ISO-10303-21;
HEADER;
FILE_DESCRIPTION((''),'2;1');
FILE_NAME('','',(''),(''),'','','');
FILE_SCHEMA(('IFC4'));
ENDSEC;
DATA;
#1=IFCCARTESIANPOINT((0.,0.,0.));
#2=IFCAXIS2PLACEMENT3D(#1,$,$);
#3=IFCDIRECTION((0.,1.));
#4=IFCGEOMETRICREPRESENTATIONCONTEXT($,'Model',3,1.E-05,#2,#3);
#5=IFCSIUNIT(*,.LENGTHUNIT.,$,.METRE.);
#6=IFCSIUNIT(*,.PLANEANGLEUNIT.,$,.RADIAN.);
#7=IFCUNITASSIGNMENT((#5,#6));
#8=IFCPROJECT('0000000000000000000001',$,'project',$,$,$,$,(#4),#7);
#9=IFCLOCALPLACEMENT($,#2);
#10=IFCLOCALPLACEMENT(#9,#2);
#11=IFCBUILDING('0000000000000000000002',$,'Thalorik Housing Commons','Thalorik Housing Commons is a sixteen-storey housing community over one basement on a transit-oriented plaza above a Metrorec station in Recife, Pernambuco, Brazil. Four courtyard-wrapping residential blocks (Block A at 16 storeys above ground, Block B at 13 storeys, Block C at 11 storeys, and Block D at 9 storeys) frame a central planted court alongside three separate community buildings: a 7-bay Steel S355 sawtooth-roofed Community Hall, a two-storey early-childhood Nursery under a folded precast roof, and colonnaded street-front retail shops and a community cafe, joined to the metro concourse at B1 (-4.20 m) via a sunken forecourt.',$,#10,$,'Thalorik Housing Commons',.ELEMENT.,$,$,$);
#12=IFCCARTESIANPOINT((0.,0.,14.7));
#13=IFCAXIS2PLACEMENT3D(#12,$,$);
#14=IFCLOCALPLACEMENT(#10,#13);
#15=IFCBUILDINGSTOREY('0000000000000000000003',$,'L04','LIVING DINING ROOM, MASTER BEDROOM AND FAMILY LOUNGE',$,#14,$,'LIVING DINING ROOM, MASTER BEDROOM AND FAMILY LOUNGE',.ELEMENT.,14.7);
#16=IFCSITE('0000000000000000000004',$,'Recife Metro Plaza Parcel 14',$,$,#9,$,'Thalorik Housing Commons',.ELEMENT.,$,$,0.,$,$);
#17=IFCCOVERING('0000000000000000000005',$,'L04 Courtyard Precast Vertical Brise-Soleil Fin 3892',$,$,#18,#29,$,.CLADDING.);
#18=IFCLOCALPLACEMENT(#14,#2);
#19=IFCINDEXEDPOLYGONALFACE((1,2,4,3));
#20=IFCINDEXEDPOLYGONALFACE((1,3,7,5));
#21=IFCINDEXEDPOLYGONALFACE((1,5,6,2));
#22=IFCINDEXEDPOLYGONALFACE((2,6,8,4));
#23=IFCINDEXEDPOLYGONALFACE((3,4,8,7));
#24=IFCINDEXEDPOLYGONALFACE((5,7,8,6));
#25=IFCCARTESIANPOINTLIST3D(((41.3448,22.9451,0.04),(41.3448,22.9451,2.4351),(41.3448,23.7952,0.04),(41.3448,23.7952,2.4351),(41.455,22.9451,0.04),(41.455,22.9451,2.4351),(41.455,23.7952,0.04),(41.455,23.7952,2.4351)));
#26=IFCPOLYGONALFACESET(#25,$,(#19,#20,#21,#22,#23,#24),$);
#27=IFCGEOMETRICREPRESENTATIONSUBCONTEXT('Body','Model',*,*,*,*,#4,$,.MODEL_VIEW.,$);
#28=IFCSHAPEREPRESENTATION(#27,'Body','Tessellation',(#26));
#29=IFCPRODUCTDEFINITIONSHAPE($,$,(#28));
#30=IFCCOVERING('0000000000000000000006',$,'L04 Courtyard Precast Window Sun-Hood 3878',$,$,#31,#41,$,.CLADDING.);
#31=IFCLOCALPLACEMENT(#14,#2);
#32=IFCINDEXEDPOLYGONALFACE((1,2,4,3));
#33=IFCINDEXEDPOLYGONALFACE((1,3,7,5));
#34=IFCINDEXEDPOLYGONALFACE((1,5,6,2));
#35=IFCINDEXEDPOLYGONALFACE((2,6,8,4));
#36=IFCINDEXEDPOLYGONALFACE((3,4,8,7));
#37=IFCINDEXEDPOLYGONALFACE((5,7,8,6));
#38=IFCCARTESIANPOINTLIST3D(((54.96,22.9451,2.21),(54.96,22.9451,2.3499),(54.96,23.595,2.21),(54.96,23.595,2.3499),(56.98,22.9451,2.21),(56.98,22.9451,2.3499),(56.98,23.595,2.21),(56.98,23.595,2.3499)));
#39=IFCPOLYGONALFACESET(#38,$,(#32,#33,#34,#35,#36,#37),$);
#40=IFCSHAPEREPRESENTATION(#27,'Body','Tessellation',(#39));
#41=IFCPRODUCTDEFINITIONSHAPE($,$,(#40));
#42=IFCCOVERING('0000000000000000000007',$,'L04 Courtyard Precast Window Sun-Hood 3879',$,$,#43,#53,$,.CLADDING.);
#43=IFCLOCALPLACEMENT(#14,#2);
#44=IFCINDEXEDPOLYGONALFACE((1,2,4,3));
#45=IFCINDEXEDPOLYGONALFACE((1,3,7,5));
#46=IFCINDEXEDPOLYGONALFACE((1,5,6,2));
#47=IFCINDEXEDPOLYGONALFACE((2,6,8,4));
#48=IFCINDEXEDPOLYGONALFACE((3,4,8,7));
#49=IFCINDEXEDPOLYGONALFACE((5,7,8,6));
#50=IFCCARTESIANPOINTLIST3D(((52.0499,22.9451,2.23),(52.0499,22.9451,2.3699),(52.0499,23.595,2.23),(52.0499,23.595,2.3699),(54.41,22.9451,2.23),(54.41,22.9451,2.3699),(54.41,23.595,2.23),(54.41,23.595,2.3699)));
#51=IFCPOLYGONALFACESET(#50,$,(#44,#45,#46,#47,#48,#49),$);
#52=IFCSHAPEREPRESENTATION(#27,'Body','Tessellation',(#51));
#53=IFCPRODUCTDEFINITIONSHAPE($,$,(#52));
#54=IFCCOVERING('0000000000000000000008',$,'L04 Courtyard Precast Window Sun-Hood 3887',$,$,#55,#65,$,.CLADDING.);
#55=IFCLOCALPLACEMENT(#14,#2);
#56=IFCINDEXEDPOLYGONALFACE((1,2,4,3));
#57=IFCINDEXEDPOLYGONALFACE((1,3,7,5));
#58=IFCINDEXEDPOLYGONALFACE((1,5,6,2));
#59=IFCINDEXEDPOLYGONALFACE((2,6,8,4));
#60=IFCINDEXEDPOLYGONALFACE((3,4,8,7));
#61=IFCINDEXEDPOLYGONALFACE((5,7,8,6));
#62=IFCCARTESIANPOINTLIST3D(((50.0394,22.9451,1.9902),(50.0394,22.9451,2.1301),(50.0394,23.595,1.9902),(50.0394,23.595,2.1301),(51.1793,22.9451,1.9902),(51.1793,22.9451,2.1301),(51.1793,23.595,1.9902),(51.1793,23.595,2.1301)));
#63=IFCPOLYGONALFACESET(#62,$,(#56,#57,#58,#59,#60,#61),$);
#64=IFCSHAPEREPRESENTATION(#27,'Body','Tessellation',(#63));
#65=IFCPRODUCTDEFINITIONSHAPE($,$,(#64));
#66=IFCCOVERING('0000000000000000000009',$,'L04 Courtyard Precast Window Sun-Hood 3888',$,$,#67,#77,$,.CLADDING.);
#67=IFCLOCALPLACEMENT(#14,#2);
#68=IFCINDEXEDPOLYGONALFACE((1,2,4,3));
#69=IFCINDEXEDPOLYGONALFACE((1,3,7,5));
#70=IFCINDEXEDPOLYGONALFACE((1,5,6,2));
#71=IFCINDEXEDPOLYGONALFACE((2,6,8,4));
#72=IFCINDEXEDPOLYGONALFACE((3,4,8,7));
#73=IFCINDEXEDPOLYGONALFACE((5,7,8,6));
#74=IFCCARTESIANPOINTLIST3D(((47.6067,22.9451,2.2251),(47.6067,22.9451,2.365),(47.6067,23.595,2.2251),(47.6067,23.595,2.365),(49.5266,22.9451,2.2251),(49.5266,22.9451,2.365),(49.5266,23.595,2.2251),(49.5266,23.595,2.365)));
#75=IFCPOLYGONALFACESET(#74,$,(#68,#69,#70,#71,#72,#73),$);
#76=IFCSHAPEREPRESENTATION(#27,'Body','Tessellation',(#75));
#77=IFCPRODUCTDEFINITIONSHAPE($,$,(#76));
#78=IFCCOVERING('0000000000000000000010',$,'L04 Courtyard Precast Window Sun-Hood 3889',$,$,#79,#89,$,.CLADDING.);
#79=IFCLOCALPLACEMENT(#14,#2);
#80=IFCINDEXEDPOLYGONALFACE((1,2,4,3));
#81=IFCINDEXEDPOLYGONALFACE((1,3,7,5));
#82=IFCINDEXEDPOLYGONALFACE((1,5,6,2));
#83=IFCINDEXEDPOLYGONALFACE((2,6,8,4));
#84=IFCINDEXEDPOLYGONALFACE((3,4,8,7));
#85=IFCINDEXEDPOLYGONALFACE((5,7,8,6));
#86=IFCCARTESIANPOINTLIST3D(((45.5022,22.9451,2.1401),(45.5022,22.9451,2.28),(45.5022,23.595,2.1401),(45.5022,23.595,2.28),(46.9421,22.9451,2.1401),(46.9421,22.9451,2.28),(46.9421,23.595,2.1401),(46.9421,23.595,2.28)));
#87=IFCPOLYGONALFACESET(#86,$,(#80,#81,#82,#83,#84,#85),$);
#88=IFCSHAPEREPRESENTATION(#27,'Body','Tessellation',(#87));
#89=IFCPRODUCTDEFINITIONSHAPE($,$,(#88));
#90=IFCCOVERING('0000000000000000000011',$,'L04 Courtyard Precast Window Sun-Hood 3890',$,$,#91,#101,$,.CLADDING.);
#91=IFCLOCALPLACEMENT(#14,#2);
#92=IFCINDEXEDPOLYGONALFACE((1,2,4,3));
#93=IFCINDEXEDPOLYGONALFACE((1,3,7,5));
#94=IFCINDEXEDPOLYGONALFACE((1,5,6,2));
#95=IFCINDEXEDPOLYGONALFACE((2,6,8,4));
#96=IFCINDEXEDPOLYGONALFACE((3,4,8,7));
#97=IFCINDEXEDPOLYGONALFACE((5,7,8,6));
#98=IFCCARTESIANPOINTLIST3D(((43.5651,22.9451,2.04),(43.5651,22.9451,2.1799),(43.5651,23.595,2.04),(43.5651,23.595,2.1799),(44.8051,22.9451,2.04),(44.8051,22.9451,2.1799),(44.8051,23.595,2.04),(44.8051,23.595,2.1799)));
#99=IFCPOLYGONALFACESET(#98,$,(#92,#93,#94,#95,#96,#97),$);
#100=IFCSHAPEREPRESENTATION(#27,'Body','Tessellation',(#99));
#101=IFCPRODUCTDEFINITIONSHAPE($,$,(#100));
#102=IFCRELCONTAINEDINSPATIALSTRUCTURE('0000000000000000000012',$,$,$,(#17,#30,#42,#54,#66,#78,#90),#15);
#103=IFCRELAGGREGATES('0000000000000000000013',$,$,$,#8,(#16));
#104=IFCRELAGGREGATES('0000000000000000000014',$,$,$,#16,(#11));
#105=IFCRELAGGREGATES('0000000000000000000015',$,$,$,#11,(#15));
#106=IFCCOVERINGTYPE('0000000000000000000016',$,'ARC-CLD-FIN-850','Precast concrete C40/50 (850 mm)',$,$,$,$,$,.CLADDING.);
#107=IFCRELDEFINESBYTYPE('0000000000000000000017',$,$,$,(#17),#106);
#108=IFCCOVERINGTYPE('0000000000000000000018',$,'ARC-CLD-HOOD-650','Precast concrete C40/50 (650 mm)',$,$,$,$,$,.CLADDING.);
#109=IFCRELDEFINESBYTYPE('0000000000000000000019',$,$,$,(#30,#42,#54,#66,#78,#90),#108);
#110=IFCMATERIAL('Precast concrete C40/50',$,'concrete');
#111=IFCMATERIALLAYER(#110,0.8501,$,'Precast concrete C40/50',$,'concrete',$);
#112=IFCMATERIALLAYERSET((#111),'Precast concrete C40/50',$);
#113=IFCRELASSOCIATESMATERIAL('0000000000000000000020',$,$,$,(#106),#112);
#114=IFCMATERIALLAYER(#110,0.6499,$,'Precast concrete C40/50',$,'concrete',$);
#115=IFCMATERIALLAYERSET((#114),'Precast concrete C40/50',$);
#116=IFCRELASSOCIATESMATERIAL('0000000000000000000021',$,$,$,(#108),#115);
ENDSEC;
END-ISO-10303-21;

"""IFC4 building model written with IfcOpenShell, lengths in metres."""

from ifc_helpers import new_model, si_unit, direction, frame, origin, origin_2d, place, context, subcontext, project, spatial, rectangle, extrude, material, layer, layer_set, type_object, element, save


model = new_model("IFC4")

# Units and contexts
model_context = context("Model", 3, precision=1e-05, world=origin(), true_north=direction((0.0, 1.0)))
body_context = subcontext(model_context, "Body", "Model", "MODEL_VIEW")
ifc_project = project(units=[si_unit("LENGTHUNIT", "METRE"), si_unit("PLANEANGLEUNIT", "RADIAN")], contexts=[model_context])

# Site, building, storey
site_placement = place(None, origin())
site = spatial("IfcSite", under=ifc_project, at=site_placement, Name="Recife Metro Plaza Parcel 14", LongName="Thalorik Housing Commons", CompositionType="ELEMENT", RefElevation=0.0)
building_placement = place(site_placement, origin())
building = spatial("IfcBuilding", under=site, at=building_placement, Name="Thalorik Housing Commons", Description="Thalorik Housing Commons is a sixteen-storey housing community over one basement on a transit-oriented plaza above a Metrorec station in Recife, Pernambuco, Brazil. Four courtyard-wrapping residential blocks (Block A at 16 storeys above ground, Block B at 13 storeys, Block C at 11 storeys, and Block D at 9 storeys) frame a central planted court alongside three separate community buildings: a 7-bay Steel S355 sawtooth-roofed Community Hall, a two-storey early-childhood Nursery under a folded precast roof, and colonnaded street-front retail shops and a community cafe, joined to the metro concourse at B1 (-4.20 m) via a sunken forecourt.", LongName="Thalorik Housing Commons", CompositionType="ELEMENT")
storey_placement = place(building_placement, frame((0.0, 0.0, 14.7)))
storey = spatial("IfcBuildingStorey", under=building, at=storey_placement, Name="L04", Description="LIVING DINING ROOM, MASTER BEDROOM AND FAMILY LOUNGE", LongName="LIVING DINING ROOM, MASTER BEDROOM AND FAMILY LOUNGE", CompositionType="ELEMENT", Elevation=14.7)

# Shared definitions
ifc_material_1 = material(Name="Precast concrete C40/50", Category="concrete")

# Coverings
ifc_layer_1 = layer(ifc_material_1, 0.8501, Name="Precast concrete C40/50", Category="concrete")
ifc_layer_set_1 = layer_set([ifc_layer_1], Name="Precast concrete C40/50")
covering_type_1 = type_object("IfcCoveringType", Name="ARC-CLD-FIN-850", Description="Precast concrete C40/50 (850 mm)", PredefinedType="CLADDING", material=ifc_layer_set_1)
for number, where, z_axis, x_axis, name in (
    (1, (41.3999, 23.3701, 0.04), (0.0, 0.0, 1.0), (-1.0, 0.0, 0.0), "L04 Courtyard Precast Vertical Brise-Soleil Fin 3892"),
):
    element("IfcCovering", number, at=place(storey_placement, frame(where, z_axis=z_axis, x_axis=x_axis)), inside=storey, type_object=covering_type_1, Name=name, PredefinedType="CLADDING", context=body_context, shape_type="SweptSolid", body=[
        extrude(rectangle(XDim=0.1101, YDim=0.8501, at=origin_2d()), origin(), (0.0, 0.0, 1.0), 2.395),
    ])
ifc_layer_2 = layer(ifc_material_1, 0.6499, Name="Precast concrete C40/50", Category="concrete")
ifc_layer_set_2 = layer_set([ifc_layer_2], Name="Precast concrete C40/50")
covering_type_2 = type_object("IfcCoveringType", Name="ARC-CLD-HOOD-650", Description="Precast concrete C40/50 (650 mm)", PredefinedType="CLADDING", material=ifc_layer_set_2)
covering_1_placement = place(storey_placement, frame((55.97, 23.27, 2.21), z_axis=(0.0, 0.0, 1.0), x_axis=(-1.0, 0.0, 0.0)))
element("IfcCovering", 2, at=covering_1_placement, inside=storey, type_object=covering_type_2, Name="L04 Courtyard Precast Window Sun-Hood 3878", PredefinedType="CLADDING", context=body_context, shape_type="SweptSolid", body=[
    extrude(rectangle(XDim=2.02, YDim=0.6499, at=origin_2d()), origin(), (0.0, 0.0, 1.0), 0.1399),
])
covering_2_placement = place(storey_placement, frame((53.23, 23.27, 2.23), z_axis=(0.0, 0.0, 1.0), x_axis=(-1.0, 0.0, 0.0)))
element("IfcCovering", 3, at=covering_2_placement, inside=storey, type_object=covering_type_2, Name="L04 Courtyard Precast Window Sun-Hood 3879", PredefinedType="CLADDING", context=body_context, shape_type="SweptSolid", body=[
    extrude(rectangle(XDim=2.3601, YDim=0.6499, at=origin_2d()), origin(), (0.0, 0.0, 1.0), 0.1399),
])
covering_3_placement = place(storey_placement, frame((50.6094, 23.27, 1.9902), z_axis=(0.0, 0.0, 1.0), x_axis=(-1.0, 0.0, 0.0)))
element("IfcCovering", 4, at=covering_3_placement, inside=storey, type_object=covering_type_2, Name="L04 Courtyard Precast Window Sun-Hood 3887", PredefinedType="CLADDING", context=body_context, shape_type="SweptSolid", body=[
    extrude(rectangle(XDim=1.1399, YDim=0.6499, at=origin_2d()), origin(), (0.0, 0.0, 1.0), 0.1399),
])
covering_4_placement = place(storey_placement, frame((48.5667, 23.27, 2.2251), z_axis=(0.0, 0.0, 1.0), x_axis=(-1.0, 0.0, 0.0)))
element("IfcCovering", 5, at=covering_4_placement, inside=storey, type_object=covering_type_2, Name="L04 Courtyard Precast Window Sun-Hood 3888", PredefinedType="CLADDING", context=body_context, shape_type="SweptSolid", body=[
    extrude(rectangle(XDim=1.9199, YDim=0.6499, at=origin_2d()), origin(), (0.0, 0.0, 1.0), 0.1399),
])
covering_5_placement = place(storey_placement, frame((46.2222, 23.27, 2.1401), z_axis=(0.0, 0.0, 1.0), x_axis=(-1.0, 0.0, 0.0)))
element("IfcCovering", 6, at=covering_5_placement, inside=storey, type_object=covering_type_2, Name="L04 Courtyard Precast Window Sun-Hood 3889", PredefinedType="CLADDING", context=body_context, shape_type="SweptSolid", body=[
    extrude(rectangle(XDim=1.4399, YDim=0.6499, at=origin_2d()), origin(), (0.0, 0.0, 1.0), 0.1399),
])
covering_6_placement = place(storey_placement, frame((44.1851, 23.27, 2.04), z_axis=(0.0, 0.0, 1.0), x_axis=(-1.0, 0.0, 0.0)))
element("IfcCovering", 7, at=covering_6_placement, inside=storey, type_object=covering_type_2, Name="L04 Courtyard Precast Window Sun-Hood 3890", PredefinedType="CLADDING", context=body_context, shape_type="SweptSolid", body=[
    extrude(rectangle(XDim=1.24, YDim=0.6499, at=origin_2d()), origin(), (0.0, 0.0, 1.0), 0.1399),
])

save(model, "model.ifc")
